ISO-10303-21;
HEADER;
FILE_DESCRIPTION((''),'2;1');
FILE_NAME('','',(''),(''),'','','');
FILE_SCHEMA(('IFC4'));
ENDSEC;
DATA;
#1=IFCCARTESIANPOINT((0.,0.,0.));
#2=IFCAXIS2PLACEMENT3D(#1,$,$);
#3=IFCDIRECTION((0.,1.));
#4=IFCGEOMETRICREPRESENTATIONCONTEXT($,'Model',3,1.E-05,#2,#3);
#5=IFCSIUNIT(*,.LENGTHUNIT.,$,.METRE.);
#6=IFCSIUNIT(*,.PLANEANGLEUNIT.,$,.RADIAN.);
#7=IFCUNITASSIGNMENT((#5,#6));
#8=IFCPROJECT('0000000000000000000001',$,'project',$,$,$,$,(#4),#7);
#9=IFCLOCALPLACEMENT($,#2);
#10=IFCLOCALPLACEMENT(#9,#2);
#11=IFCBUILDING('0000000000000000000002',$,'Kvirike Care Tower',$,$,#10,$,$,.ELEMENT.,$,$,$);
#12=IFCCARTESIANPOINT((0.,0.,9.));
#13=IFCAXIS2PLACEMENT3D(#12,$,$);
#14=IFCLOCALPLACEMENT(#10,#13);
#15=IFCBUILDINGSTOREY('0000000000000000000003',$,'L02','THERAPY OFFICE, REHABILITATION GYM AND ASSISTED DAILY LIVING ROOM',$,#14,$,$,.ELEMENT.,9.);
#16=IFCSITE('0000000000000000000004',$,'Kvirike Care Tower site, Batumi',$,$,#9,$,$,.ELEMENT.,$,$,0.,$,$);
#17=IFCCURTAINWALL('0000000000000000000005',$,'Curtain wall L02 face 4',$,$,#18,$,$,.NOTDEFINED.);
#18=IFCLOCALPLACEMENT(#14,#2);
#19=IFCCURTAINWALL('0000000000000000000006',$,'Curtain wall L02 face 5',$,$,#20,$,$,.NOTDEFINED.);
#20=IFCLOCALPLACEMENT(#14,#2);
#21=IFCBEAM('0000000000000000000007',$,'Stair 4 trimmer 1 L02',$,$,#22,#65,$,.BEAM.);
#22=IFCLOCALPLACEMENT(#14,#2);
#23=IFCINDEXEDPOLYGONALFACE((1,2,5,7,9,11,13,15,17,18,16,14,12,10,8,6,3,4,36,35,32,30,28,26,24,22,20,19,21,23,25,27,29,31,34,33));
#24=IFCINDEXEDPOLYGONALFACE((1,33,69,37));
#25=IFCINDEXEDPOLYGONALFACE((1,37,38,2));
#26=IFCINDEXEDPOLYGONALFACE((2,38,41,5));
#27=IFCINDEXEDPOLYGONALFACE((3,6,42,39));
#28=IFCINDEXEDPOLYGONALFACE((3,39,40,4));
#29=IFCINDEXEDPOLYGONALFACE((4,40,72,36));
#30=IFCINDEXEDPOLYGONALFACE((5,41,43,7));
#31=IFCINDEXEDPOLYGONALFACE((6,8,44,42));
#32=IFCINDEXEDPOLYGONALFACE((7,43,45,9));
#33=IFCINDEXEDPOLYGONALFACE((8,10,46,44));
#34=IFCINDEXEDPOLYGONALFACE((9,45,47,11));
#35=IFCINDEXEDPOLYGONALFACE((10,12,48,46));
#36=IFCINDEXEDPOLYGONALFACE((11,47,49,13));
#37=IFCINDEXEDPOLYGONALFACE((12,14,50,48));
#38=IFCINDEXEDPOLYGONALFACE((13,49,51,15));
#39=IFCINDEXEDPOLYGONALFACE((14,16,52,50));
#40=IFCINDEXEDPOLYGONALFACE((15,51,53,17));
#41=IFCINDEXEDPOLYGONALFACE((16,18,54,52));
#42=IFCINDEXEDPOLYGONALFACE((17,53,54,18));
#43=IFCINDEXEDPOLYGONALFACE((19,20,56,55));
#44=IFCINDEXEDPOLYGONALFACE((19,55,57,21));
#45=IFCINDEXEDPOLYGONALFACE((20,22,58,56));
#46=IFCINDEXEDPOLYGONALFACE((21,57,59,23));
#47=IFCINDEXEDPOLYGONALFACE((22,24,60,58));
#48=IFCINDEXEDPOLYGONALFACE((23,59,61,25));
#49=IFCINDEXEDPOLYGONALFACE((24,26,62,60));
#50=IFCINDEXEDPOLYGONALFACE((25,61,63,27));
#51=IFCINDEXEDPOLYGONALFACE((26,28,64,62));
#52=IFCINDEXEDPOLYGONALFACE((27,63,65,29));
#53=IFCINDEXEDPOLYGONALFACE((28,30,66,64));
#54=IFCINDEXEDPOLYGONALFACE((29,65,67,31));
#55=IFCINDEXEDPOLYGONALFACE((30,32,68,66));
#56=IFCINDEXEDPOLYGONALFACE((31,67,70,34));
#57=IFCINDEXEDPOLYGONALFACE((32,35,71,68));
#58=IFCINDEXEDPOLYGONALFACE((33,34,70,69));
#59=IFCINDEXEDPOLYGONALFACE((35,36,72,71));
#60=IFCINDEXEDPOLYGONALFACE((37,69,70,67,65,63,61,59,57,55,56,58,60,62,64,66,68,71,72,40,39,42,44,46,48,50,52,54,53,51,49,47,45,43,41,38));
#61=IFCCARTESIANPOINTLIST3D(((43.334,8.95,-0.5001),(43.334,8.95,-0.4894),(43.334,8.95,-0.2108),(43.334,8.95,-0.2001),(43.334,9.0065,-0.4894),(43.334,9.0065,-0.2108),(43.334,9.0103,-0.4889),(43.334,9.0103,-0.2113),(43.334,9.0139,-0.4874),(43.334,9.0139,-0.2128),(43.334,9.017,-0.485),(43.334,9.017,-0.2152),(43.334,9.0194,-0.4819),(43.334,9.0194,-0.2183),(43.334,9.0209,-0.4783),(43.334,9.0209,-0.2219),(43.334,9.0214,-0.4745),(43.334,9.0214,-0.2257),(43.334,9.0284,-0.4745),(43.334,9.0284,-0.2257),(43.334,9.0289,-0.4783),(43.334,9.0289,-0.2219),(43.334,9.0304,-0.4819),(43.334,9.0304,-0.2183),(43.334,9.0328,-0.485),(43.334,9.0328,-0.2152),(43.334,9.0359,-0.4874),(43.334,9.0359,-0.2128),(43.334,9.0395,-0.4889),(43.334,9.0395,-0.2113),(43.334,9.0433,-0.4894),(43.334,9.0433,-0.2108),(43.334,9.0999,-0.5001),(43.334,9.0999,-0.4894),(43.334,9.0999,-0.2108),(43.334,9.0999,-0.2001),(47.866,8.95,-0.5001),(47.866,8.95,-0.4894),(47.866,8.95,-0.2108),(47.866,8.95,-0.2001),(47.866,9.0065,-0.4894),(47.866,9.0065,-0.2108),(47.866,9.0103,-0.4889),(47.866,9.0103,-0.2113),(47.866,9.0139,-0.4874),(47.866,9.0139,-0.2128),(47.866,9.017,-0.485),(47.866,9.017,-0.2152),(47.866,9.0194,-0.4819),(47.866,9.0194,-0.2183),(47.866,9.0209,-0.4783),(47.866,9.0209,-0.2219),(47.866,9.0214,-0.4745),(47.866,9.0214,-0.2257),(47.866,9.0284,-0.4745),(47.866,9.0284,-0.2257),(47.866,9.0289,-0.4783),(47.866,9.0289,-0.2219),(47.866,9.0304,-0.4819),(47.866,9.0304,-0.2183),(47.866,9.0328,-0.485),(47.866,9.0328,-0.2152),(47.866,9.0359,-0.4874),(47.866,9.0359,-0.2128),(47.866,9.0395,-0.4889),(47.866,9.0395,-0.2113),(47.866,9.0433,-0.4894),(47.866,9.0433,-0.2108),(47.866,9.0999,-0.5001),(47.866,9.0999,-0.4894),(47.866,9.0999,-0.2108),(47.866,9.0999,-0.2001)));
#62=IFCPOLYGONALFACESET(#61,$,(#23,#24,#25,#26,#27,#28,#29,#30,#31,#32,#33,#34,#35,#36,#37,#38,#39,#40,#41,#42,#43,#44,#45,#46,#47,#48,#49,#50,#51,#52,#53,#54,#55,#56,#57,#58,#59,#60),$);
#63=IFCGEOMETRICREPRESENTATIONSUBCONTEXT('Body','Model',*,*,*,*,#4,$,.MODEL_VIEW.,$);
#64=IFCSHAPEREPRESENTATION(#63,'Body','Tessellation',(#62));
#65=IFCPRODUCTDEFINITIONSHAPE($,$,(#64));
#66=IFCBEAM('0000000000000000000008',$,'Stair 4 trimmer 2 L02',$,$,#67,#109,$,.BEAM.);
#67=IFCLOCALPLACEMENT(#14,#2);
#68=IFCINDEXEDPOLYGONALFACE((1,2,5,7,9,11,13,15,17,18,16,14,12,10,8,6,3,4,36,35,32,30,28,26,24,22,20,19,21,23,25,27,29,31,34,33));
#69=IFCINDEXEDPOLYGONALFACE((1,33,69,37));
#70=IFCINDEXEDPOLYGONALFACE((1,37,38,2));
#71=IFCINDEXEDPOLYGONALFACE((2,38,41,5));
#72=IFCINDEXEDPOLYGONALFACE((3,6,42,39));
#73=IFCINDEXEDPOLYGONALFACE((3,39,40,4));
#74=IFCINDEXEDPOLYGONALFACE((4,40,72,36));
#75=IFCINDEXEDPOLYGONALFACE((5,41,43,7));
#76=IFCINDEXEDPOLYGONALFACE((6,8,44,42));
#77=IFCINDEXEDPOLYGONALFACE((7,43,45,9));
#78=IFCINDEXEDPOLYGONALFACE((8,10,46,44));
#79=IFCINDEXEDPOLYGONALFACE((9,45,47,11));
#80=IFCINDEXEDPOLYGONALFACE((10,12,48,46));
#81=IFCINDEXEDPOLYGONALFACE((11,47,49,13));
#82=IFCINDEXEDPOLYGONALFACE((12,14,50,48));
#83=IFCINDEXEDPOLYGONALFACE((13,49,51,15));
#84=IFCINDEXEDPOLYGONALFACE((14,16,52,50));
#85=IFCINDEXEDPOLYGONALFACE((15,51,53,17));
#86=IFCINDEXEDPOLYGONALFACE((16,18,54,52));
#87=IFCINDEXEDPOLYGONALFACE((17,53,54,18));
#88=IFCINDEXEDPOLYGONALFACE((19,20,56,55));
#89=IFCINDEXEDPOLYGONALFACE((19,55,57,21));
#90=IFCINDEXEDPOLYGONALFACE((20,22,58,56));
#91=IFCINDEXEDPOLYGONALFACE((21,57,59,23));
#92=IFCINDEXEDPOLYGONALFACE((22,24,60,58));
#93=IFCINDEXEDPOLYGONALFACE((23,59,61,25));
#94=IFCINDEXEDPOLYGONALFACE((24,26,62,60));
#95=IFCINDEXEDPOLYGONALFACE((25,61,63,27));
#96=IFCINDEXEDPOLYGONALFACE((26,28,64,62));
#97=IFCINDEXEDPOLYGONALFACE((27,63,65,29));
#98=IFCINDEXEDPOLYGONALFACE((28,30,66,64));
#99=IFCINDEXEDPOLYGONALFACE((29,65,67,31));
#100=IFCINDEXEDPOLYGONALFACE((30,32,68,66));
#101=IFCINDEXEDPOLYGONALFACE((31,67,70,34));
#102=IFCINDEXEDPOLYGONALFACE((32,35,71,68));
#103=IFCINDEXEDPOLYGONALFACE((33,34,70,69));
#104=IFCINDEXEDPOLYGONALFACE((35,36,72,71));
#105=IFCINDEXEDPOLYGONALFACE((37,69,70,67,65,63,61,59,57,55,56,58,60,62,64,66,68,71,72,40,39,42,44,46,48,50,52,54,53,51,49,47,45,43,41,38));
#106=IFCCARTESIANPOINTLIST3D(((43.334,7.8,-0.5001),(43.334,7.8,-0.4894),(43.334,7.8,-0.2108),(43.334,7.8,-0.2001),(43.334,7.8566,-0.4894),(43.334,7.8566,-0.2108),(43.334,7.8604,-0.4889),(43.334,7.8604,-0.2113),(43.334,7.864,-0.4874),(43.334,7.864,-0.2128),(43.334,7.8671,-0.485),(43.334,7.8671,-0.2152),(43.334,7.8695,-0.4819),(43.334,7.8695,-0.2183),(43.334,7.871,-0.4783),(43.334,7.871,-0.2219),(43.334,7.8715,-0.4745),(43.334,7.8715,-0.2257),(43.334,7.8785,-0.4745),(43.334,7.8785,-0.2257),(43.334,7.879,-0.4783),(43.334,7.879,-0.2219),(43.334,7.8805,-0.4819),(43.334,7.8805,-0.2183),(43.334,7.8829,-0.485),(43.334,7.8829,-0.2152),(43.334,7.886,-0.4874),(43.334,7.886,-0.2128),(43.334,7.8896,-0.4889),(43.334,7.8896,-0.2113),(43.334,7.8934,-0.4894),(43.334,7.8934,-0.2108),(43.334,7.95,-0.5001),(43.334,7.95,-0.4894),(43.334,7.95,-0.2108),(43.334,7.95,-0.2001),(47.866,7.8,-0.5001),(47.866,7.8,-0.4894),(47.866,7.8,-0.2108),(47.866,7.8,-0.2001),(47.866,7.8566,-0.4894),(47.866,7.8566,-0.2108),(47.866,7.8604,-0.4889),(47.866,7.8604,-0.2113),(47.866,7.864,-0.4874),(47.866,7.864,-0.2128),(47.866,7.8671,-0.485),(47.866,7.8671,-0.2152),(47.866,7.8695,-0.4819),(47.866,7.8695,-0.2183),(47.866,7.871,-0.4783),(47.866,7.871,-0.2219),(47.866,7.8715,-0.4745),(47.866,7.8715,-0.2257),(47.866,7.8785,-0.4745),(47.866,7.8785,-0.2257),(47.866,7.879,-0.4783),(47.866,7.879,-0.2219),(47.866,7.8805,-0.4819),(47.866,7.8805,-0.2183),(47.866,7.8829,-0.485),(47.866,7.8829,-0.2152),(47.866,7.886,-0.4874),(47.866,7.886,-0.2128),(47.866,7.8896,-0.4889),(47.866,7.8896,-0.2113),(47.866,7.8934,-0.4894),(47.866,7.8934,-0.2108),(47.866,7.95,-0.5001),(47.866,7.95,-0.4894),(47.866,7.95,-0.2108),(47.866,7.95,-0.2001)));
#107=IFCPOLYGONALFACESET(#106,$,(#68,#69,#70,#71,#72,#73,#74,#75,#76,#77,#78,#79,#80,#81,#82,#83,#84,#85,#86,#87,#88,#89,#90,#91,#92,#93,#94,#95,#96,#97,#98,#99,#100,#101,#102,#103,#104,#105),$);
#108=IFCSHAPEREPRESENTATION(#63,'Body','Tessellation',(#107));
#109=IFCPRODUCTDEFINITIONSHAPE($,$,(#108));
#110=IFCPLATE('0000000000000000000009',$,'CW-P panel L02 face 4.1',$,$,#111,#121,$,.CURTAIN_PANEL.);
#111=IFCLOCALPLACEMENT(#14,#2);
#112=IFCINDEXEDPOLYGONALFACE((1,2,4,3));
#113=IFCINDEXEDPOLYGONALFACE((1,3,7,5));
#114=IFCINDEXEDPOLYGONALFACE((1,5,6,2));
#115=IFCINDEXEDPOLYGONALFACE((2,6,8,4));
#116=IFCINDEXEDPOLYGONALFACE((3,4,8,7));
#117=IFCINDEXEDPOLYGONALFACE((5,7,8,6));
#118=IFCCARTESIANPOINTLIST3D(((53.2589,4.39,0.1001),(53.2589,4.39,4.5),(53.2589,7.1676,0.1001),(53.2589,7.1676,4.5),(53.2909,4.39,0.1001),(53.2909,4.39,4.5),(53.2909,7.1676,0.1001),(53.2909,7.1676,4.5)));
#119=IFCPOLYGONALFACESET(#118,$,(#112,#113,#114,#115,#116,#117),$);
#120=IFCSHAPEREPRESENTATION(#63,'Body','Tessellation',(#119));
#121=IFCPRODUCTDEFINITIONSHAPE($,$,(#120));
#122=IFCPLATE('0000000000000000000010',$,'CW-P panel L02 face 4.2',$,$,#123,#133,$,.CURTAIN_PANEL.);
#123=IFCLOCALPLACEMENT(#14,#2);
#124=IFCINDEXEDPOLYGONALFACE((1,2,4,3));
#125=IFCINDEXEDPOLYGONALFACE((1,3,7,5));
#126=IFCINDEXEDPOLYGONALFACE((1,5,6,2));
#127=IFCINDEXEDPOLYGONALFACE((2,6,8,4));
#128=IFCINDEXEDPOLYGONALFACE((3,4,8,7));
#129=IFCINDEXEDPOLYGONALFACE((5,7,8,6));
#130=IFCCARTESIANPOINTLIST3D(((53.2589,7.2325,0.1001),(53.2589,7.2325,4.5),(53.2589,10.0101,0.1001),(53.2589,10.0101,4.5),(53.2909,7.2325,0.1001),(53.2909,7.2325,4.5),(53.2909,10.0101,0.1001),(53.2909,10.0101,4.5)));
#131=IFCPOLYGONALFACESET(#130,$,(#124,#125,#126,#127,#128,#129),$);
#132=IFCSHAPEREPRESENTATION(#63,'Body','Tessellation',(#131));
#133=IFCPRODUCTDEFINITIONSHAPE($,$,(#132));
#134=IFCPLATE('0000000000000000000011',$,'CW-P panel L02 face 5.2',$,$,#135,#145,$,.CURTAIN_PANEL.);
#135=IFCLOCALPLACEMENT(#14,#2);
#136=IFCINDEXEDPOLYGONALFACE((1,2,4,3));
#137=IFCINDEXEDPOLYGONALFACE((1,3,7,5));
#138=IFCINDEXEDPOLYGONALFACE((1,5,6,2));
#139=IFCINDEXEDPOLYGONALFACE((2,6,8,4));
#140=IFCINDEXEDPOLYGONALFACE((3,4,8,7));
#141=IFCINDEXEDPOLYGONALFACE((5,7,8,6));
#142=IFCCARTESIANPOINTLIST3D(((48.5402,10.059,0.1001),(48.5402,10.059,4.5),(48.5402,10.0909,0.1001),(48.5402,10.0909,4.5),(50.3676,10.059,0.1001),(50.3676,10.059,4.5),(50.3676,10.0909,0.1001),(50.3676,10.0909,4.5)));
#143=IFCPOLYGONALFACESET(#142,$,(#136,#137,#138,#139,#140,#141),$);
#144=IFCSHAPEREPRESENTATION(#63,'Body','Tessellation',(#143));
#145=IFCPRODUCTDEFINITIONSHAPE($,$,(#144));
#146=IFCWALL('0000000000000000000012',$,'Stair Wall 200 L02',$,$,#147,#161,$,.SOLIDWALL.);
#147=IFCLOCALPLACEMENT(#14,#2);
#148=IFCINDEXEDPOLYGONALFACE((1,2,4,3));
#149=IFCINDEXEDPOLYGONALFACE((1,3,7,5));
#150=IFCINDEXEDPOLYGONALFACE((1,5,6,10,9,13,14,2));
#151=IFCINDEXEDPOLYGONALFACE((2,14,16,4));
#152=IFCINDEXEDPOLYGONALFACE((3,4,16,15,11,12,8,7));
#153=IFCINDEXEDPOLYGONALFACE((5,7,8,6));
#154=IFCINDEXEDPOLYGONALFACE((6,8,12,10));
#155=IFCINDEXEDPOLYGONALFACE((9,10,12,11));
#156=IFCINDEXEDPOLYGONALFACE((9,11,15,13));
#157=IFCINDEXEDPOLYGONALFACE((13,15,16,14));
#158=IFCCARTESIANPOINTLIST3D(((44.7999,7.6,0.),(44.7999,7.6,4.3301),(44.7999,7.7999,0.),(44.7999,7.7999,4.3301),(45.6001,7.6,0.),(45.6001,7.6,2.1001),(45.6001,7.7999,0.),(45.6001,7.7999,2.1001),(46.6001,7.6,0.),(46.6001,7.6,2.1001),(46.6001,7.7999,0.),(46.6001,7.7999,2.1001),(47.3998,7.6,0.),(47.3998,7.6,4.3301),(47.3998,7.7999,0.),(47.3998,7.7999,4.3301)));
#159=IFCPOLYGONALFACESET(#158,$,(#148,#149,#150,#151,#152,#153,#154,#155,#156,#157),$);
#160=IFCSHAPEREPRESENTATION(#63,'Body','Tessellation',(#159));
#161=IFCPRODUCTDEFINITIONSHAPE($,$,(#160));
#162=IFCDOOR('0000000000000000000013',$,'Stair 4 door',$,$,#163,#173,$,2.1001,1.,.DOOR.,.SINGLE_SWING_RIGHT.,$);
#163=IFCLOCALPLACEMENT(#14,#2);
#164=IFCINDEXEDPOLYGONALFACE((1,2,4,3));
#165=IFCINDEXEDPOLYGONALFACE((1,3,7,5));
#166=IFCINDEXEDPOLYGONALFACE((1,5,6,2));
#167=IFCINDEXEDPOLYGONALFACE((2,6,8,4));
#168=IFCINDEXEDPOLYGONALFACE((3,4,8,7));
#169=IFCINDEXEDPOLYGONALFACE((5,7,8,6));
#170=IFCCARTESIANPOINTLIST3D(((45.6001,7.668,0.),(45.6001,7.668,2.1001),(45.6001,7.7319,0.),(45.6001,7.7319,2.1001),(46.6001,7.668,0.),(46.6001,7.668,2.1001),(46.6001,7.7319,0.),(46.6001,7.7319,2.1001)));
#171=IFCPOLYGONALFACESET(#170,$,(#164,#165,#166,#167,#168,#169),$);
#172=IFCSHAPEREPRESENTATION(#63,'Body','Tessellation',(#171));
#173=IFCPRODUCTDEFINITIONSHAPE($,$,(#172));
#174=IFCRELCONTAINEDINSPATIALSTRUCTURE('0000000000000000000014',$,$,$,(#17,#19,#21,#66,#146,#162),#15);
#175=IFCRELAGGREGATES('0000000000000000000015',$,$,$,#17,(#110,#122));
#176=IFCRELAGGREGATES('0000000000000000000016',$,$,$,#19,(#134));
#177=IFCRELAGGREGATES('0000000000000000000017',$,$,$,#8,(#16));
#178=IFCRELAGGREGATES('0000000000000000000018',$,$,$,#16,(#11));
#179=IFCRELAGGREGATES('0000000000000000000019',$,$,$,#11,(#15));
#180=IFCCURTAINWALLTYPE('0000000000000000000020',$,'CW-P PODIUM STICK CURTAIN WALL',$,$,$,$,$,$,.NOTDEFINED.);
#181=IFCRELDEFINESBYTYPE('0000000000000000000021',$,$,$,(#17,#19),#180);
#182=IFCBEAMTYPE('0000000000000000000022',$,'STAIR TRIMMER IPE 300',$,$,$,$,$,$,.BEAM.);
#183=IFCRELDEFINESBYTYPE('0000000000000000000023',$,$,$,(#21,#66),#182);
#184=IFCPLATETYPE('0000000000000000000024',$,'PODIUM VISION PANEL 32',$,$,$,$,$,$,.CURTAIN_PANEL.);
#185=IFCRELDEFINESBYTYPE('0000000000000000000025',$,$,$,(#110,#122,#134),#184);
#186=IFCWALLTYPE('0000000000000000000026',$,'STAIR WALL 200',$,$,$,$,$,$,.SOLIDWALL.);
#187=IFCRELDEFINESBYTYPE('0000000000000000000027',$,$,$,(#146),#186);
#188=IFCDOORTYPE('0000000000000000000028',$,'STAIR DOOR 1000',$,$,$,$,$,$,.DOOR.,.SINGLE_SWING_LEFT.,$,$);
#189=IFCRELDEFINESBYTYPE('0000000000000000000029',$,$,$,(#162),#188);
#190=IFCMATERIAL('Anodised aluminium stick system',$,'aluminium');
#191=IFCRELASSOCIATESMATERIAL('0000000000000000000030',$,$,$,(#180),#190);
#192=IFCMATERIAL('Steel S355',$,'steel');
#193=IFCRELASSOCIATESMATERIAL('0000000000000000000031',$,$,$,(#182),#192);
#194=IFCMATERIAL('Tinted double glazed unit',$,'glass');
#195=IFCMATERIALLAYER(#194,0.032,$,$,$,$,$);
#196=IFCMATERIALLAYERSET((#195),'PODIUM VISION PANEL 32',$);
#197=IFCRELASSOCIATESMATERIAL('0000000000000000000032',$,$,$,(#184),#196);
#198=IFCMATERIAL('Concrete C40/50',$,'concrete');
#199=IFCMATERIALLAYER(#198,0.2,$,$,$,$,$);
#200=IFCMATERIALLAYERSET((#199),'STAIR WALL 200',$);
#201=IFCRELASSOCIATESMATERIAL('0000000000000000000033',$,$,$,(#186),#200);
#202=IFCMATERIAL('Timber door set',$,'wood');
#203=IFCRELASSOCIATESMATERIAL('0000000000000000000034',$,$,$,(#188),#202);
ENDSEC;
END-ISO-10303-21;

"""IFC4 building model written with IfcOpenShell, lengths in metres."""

from ifc_helpers import new_model, si_unit, direction, frame, frame_2d, origin, origin_2d, place, context, subcontext, project, spatial, rectangle, i_section, extrude, material, layer, layer_set, material_profile, profile_set, type_object, element, fill, aggregate, save


model = new_model("IFC4")

# Units and contexts
model_context = context("Model", 3, precision=1e-05, world=origin(), true_north=direction((0.0, 1.0)))
body_context = subcontext(model_context, "Body", "Model", "MODEL_VIEW")
ifc_project = project(units=[si_unit("LENGTHUNIT", "METRE"), si_unit("PLANEANGLEUNIT", "RADIAN")], contexts=[model_context])

# Site, building, storey
site_placement = place(None, origin())
site = spatial("IfcSite", under=ifc_project, at=site_placement, Name="Kvirike Care Tower site, Batumi", CompositionType="ELEMENT", RefElevation=0.0)
building_placement = place(site_placement, origin())
building = spatial("IfcBuilding", under=site, at=building_placement, Name="Kvirike Care Tower", CompositionType="ELEMENT")
storey_placement = place(building_placement, frame((0.0, 0.0, 9.0)))
storey = spatial("IfcBuildingStorey", under=building, at=storey_placement, Name="L02", Description="THERAPY OFFICE, REHABILITATION GYM AND ASSISTED DAILY LIVING ROOM", CompositionType="ELEMENT", Elevation=9.0)

# Curtain wall
ifc_material_1 = material(Name="Anodised aluminium stick system", Category="aluminium")
curtain_wall_type = type_object("IfcCurtainWallType", Name="CW-P PODIUM STICK CURTAIN WALL", PredefinedType="NOTDEFINED", material=ifc_material_1)
curtain_wall_1_placement = place(storey_placement, origin())
curtain_wall_1 = element("IfcCurtainWall", 1, at=curtain_wall_1_placement, inside=storey, type_object=curtain_wall_type, Name="Curtain wall L02 face 4", PredefinedType="NOTDEFINED")

# Curtain wall
curtain_wall_2_placement = place(storey_placement, origin())
curtain_wall_2 = element("IfcCurtainWall", 2, at=curtain_wall_2_placement, inside=storey, type_object=curtain_wall_type, Name="Curtain wall L02 face 5", PredefinedType="NOTDEFINED")

# Beams
ifc_material_2 = material(Name="Steel S355", Category="steel")
ifc_material_profile_1 = material_profile(ifc_material_2, i_section(OverallWidth=0.1499, OverallDepth=0.3, WebThickness=0.0071, FlangeThickness=0.0107, FilletRadius=0.0149, at=origin_2d()), Name="IPE 300")
ifc_profile_set_1 = profile_set([ifc_material_profile_1], Name="Steel S355")
beam_type_1 = type_object("IfcBeamType", Name="STAIR TRIMMER IPE 300", PredefinedType="BEAM", material=ifc_profile_set_1)
for number, where, z_axis, x_axis, name in (
    (3, (43.334, 9.0249, -0.3501), (1.0, 0.0, 0.0), (0.0, 1.0, 0.0), "Stair 4 trimmer 1 L02"),
    (4, (43.334, 7.875, -0.3501), (1.0, 0.0, 0.0), (0.0, 1.0, 0.0), "Stair 4 trimmer 2 L02"),
):
    element("IfcBeam", number, at=place(storey_placement, frame(where, z_axis=z_axis, x_axis=x_axis)), inside=storey, type_object=beam_type_1, Name=name, PredefinedType="BEAM", context=body_context, shape_type="SweptSolid", body=[
        extrude(i_section(OverallWidth=0.1499, OverallDepth=0.3, WebThickness=0.0071, FlangeThickness=0.0107, FilletRadius=0.0149, at=origin_2d()), origin(), (0.0, 0.0, 1.0), 4.532),
    ])

# Plates
ifc_material_3 = material(Name="Tinted double glazed unit", Category="glass")
ifc_layer_1 = layer(ifc_material_3, 0.032)
ifc_layer_set_1 = layer_set([ifc_layer_1], Name="PODIUM VISION PANEL 32")
plate_type = type_object("IfcPlateType", Name="PODIUM VISION PANEL 32", PredefinedType="CURTAIN_PANEL", material=ifc_layer_set_1)
plate_1_placement = place(storey_placement, frame((53.2749, 5.7788, 0.1001), z_axis=(0.0, 0.0, 1.0), x_axis=(0.0, 1.0, 0.0)))
plate_1 = element("IfcPlate", 5, at=plate_1_placement, type_object=plate_type, Name="CW-P panel L02 face 4.1", PredefinedType="CURTAIN_PANEL", context=body_context, shape_type="SweptSolid", body=[
    extrude(rectangle(XDim=2.7776, YDim=0.032, at=origin_2d()), origin(), (0.0, 0.0, 1.0), 4.3999),
])
plate_2_placement = place(storey_placement, frame((53.2749, 8.6213, 0.1001), z_axis=(0.0, 0.0, 1.0), x_axis=(0.0, 1.0, 0.0)))
plate_2 = element("IfcPlate", 6, at=plate_2_placement, type_object=plate_type, Name="CW-P panel L02 face 4.2", PredefinedType="CURTAIN_PANEL", context=body_context, shape_type="SweptSolid", body=[
    extrude(rectangle(XDim=2.7776, YDim=0.032, at=origin_2d()), origin(), (0.0, 0.0, 1.0), 4.3999),
])
aggregate(curtain_wall_1, [plate_1, plate_2])
plate_3_placement = place(storey_placement, frame((49.4539, 10.075, 0.1001), z_axis=(0.0, 0.0, 1.0), x_axis=(-1.0, 0.0, 0.0)))
plate_3 = element("IfcPlate", 7, at=plate_3_placement, type_object=plate_type, Name="CW-P panel L02 face 5.2", PredefinedType="CURTAIN_PANEL", context=body_context, shape_type="SweptSolid", body=[
    extrude(rectangle(XDim=1.8274, YDim=0.032, at=origin_2d()), origin(), (0.0, 0.0, 1.0), 4.3999),
])
aggregate(curtain_wall_2, [plate_3])

# Wall, opening, door
ifc_material_4 = material(Name="Concrete C40/50", Category="concrete")
ifc_layer_2 = layer(ifc_material_4, 0.2)
ifc_layer_set_2 = layer_set([ifc_layer_2], Name="STAIR WALL 200")
wall_type = type_object("IfcWallType", Name="STAIR WALL 200", PredefinedType="SOLIDWALL", material=ifc_layer_set_2)
wall_placement = place(storey_placement, frame((44.8, 7.7, 0.0), z_axis=(0.0, 0.0, 1.0), x_axis=(1.0, 0.0, 0.0)))
wall = element("IfcWall", 8, at=wall_placement, inside=storey, type_object=wall_type, Name="Stair Wall 200 L02", PredefinedType="SOLIDWALL", context=body_context, shape_type="SweptSolid", body=[
    extrude(rectangle(XDim=2.5999, YDim=0.2, at=frame_2d((1.2998, 0.0))), origin(), (0.0, 0.0, 1.0), 4.3301),
])
opening_placement = place(wall_placement, frame((0.8, 0.0, 0.0)))
opening = element("IfcOpeningElement", 9, at=opening_placement, cuts=wall, PredefinedType="OPENING", context=body_context, shape_type="SweptSolid", body=[
    extrude(rectangle(XDim=1.0, YDim=2.1001, at=frame_2d((0.5, 1.05))), frame((0.0, 0.1106, 0.0), z_axis=(0.0, -1.0, 0.0), x_axis=(1.0, 0.0, 0.0)), (0.0, 0.0, 1.0), 0.2209),
])
ifc_material_5 = material(Name="Timber door set", Category="wood")
door_type = type_object("IfcDoorType", Name="STAIR DOOR 1000", OperationType="SINGLE_SWING_LEFT", PredefinedType="DOOR", material=ifc_material_5)
door_placement = place(opening_placement, origin())
door = element("IfcDoor", 10, at=door_placement, inside=storey, type_object=door_type, Name="Stair 4 door", OperationType="SINGLE_SWING_RIGHT", OverallHeight=2.1001, OverallWidth=1.0, PredefinedType="DOOR", context=body_context, shape_type="SweptSolid", body=[
    extrude(rectangle(XDim=1.0, YDim=2.1001, at=frame_2d((0.5, 1.05))), frame((0.0, 0.032, 0.0), z_axis=(0.0, -1.0, 0.0), x_axis=(1.0, 0.0, 0.0)), (0.0, 0.0, 1.0), 0.064),
])
fill(opening, door)

save(model, "model.ifc")
